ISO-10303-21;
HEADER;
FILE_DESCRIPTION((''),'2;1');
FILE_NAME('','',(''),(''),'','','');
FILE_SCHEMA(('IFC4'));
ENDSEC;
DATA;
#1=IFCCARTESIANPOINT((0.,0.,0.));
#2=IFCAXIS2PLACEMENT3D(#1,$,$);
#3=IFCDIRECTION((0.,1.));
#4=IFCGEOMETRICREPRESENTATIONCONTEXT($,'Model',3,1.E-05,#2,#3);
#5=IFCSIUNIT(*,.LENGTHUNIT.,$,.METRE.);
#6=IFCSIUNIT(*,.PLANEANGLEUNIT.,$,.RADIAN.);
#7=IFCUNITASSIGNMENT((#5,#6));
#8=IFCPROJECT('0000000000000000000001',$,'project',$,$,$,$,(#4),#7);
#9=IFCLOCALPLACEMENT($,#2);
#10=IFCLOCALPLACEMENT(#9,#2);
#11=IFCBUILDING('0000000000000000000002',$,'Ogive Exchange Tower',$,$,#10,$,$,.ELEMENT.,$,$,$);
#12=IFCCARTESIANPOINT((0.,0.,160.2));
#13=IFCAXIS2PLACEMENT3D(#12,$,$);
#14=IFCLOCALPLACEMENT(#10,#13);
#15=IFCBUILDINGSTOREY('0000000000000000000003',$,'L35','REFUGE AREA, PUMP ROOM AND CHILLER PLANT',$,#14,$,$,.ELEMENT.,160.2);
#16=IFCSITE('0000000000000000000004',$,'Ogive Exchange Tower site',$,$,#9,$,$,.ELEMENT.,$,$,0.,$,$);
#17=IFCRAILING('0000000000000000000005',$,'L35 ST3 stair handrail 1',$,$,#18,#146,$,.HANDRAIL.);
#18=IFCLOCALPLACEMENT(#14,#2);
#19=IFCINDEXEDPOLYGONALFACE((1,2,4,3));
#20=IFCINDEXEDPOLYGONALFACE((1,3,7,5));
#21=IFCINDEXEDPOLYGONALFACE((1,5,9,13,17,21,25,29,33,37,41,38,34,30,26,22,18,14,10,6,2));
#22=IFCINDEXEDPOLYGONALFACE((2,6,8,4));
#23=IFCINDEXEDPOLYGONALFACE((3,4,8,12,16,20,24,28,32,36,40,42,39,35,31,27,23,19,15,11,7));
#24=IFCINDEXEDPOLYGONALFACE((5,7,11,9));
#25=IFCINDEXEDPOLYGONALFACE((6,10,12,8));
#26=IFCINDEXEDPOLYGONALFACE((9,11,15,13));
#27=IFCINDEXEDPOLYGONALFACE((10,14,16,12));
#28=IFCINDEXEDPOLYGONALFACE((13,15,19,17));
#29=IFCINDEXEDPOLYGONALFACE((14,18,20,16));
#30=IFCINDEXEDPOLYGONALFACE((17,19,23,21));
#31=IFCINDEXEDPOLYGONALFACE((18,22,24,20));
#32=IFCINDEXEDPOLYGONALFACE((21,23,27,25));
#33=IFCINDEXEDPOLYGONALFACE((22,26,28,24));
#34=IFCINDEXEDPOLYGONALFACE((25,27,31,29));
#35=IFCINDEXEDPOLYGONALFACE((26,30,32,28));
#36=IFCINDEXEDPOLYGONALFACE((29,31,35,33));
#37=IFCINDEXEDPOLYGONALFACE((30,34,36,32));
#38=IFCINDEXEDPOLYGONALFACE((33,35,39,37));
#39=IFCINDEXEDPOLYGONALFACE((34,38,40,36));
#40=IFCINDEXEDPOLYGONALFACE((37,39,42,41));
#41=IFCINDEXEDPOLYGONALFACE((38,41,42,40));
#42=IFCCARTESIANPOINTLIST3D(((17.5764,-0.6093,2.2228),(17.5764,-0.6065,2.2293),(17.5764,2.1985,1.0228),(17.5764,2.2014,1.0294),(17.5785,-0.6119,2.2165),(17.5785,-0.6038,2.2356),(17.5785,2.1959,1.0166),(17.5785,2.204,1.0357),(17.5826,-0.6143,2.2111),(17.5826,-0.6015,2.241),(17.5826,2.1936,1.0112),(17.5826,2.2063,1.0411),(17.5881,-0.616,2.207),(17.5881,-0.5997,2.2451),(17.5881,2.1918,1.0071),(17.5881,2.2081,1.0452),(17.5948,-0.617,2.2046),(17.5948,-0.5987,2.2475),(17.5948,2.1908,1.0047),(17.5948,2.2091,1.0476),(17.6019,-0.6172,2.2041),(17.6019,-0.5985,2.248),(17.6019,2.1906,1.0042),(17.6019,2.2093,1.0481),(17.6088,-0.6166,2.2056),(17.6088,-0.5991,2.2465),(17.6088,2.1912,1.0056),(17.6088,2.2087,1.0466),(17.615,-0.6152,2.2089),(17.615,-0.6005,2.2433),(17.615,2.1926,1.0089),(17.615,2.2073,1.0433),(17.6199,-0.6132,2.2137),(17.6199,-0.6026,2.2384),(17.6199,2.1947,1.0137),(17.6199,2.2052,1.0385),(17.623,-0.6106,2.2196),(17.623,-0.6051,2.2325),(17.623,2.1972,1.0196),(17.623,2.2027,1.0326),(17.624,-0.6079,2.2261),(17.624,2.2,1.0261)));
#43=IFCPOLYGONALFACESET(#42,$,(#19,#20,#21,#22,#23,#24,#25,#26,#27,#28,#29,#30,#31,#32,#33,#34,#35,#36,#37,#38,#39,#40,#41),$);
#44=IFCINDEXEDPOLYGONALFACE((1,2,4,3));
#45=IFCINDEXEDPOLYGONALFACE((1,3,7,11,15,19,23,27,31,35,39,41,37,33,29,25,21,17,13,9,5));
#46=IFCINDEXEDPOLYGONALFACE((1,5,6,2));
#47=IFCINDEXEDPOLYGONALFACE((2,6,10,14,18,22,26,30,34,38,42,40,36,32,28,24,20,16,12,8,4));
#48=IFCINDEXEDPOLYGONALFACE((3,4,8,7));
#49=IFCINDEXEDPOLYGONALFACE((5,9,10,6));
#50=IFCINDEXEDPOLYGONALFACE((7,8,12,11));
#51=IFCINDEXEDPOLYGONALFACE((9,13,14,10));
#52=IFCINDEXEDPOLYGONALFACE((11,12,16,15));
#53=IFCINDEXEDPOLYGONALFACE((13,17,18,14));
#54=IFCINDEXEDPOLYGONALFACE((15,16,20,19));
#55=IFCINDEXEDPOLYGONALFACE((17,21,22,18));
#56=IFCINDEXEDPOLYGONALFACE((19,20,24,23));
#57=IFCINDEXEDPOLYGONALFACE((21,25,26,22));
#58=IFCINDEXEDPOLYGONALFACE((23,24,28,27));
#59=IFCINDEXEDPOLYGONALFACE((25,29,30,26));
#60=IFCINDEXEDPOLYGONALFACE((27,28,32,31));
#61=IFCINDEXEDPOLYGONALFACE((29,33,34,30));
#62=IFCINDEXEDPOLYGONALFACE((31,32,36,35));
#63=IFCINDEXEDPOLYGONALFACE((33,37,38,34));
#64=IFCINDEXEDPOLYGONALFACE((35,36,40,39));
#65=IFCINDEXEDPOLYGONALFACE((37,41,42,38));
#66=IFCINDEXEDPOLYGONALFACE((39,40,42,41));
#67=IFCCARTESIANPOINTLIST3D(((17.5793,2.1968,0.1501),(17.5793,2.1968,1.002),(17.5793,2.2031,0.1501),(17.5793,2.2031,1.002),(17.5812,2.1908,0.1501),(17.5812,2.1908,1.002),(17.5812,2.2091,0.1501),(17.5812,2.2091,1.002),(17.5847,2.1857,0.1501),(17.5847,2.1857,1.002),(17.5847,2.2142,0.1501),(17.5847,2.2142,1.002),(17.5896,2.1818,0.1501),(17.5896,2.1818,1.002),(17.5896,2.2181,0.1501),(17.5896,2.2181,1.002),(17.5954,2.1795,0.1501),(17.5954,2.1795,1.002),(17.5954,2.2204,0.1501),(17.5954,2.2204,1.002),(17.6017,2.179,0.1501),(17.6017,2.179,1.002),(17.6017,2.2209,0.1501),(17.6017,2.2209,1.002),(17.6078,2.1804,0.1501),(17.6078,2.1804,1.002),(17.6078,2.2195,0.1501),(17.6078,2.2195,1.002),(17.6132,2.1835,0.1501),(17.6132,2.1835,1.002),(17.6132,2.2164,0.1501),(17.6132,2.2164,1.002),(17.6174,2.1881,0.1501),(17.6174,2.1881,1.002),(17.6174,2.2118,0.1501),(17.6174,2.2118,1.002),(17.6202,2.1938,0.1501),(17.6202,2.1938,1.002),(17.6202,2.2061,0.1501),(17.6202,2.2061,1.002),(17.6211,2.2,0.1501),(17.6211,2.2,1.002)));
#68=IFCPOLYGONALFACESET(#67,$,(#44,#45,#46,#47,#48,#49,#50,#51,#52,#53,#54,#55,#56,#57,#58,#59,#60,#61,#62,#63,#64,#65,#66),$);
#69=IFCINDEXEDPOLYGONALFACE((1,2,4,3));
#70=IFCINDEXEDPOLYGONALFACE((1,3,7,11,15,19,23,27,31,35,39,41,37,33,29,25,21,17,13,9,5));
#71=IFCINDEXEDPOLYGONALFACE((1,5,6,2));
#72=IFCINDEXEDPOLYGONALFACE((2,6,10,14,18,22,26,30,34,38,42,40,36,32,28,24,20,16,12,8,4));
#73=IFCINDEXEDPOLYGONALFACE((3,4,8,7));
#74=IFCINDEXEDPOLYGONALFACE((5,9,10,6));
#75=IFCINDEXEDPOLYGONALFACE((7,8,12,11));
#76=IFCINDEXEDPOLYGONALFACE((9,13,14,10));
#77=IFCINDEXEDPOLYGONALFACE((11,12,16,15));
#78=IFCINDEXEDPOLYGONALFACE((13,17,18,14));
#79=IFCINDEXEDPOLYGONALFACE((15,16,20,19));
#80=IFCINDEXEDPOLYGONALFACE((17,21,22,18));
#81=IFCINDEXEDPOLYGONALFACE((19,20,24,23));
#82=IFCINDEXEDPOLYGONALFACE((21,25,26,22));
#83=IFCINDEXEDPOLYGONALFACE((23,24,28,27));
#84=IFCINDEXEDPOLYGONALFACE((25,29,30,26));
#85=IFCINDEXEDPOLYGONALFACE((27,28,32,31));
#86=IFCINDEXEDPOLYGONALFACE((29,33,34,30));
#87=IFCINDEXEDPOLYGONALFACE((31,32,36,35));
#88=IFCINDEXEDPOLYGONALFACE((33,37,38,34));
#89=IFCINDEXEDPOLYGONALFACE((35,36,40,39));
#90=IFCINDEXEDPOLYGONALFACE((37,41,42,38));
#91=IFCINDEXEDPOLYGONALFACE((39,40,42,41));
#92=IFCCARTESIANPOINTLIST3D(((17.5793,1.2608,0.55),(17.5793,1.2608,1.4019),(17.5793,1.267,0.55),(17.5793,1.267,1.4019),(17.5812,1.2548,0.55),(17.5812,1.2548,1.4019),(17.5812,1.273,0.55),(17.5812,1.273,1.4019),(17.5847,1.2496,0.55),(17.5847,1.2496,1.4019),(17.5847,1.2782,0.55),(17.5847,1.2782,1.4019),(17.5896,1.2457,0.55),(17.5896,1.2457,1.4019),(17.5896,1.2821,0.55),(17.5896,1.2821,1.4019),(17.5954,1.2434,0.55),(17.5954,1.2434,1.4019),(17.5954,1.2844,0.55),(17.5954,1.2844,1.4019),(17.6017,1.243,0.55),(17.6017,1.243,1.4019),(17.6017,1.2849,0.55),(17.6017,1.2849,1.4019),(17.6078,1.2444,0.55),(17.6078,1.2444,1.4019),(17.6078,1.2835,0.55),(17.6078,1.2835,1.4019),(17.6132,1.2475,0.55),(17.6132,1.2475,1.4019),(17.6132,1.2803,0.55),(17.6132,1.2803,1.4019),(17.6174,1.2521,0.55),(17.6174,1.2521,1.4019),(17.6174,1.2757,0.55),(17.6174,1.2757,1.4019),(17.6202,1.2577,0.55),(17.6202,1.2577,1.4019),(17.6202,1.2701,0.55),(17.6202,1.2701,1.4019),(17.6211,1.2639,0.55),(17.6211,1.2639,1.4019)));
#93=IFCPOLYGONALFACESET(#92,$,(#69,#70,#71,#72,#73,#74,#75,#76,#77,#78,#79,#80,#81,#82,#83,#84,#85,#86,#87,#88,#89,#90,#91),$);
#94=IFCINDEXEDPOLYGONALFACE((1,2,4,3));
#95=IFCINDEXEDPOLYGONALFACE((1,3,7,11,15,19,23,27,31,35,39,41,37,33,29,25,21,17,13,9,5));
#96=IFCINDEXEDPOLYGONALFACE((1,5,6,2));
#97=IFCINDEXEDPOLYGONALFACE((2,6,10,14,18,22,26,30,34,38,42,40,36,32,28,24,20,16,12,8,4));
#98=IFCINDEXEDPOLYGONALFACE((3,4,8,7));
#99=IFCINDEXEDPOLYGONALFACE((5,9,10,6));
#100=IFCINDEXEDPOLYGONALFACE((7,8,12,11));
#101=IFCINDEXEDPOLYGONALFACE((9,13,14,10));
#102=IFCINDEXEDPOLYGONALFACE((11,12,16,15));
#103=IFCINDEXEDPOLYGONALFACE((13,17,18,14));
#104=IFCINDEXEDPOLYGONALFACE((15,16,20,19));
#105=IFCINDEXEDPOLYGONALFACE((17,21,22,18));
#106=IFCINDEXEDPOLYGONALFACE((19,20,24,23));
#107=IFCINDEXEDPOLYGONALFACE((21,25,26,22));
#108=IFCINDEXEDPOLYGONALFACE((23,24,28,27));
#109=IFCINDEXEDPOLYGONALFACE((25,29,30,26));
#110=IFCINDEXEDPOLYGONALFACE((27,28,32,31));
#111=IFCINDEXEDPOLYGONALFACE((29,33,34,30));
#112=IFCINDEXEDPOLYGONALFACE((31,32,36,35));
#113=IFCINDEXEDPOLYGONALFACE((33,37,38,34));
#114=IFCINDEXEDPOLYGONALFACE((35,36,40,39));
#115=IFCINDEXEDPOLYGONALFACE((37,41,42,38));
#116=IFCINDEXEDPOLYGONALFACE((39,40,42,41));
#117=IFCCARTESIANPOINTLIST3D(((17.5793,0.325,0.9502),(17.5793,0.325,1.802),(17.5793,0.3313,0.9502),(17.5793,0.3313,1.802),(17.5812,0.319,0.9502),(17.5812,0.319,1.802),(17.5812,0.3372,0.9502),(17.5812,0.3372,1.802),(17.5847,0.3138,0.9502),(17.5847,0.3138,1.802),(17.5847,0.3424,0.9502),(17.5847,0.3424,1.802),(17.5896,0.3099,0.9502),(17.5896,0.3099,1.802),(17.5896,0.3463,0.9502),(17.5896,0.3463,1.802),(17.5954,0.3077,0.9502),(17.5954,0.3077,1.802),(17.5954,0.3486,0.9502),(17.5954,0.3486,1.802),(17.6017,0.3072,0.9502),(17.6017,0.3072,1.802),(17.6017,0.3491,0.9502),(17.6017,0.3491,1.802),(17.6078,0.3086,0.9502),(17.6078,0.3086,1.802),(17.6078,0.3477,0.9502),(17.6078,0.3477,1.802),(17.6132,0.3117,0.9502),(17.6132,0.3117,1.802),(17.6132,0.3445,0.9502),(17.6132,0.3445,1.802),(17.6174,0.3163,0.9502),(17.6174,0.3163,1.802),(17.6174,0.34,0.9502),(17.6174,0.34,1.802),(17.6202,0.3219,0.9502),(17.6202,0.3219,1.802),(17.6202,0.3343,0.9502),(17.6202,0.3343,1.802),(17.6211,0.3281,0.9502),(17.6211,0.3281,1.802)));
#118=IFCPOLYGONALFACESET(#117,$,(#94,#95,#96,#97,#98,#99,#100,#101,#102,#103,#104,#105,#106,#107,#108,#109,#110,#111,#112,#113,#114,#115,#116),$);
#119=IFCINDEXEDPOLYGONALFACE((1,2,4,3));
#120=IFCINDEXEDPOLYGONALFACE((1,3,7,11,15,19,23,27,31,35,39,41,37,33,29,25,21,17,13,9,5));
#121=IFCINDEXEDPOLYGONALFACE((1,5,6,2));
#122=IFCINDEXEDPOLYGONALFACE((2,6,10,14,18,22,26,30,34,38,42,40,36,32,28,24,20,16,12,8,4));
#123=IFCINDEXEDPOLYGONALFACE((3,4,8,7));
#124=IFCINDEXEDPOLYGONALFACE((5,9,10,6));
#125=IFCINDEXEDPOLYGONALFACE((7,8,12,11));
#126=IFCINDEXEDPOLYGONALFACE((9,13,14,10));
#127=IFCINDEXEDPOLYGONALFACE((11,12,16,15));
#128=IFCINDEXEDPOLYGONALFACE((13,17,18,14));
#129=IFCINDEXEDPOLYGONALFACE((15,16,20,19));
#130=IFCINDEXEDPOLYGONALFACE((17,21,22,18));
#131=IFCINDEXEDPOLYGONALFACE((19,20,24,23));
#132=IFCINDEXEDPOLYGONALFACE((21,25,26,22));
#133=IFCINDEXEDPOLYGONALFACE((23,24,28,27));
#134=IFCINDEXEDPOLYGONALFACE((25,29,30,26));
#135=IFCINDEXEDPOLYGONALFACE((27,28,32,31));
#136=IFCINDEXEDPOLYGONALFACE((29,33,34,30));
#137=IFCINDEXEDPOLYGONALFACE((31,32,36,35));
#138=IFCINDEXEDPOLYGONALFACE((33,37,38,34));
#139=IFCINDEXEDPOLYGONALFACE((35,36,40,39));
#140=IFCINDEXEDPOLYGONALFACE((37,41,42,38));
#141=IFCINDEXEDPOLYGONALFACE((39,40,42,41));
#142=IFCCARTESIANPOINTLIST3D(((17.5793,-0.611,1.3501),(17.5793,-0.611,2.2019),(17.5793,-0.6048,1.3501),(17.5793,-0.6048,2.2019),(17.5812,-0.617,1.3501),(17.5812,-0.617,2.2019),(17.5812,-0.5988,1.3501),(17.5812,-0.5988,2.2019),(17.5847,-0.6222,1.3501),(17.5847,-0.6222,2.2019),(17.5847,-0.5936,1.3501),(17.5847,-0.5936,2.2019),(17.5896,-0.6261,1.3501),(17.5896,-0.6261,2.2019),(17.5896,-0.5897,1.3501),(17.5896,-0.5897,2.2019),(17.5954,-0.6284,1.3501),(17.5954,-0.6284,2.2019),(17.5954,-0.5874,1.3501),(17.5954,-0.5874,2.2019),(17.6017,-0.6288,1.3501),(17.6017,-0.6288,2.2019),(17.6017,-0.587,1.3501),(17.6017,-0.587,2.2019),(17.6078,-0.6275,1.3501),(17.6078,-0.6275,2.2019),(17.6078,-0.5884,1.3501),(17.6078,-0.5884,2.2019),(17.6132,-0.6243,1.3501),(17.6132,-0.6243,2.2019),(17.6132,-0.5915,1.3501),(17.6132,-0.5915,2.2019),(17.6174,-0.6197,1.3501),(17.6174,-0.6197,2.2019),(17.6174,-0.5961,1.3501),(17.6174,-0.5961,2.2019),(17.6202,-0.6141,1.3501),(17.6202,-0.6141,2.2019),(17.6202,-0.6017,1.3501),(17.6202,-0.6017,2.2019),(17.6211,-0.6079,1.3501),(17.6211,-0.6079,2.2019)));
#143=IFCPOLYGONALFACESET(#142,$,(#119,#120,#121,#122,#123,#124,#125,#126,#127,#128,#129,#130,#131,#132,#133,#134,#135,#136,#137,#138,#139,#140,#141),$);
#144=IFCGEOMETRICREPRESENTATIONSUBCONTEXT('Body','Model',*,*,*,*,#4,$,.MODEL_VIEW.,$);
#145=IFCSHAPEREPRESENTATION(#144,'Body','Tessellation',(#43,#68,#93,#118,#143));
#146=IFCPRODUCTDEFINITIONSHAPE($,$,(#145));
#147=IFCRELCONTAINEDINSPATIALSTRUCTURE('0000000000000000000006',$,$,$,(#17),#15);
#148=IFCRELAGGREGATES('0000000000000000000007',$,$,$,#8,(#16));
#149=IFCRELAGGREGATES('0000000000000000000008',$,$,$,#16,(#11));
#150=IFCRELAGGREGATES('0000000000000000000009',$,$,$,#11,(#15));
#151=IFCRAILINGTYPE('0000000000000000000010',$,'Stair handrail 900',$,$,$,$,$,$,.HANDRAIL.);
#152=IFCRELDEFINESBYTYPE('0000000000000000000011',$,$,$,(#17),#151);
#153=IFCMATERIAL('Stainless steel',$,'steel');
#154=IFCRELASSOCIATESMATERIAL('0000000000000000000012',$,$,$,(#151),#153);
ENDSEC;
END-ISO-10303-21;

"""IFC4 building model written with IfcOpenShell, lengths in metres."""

from ifc_helpers import new_model, si_unit, direction, frame, origin, origin_2d, place, context, subcontext, project, spatial, circle, extrude, material, type_object, element, save


model = new_model("IFC4")

# Units and contexts
model_context = context("Model", 3, precision=1e-05, world=origin(), true_north=direction((0.0, 1.0)))
body_context = subcontext(model_context, "Body", "Model", "MODEL_VIEW")
ifc_project = project(units=[si_unit("LENGTHUNIT", "METRE"), si_unit("PLANEANGLEUNIT", "RADIAN")], contexts=[model_context])

# Site, building, storey
site_placement = place(None, origin())
site = spatial("IfcSite", under=ifc_project, at=site_placement, Name="Ogive Exchange Tower site", CompositionType="ELEMENT", RefElevation=0.0)
building_placement = place(site_placement, origin())
building = spatial("IfcBuilding", under=site, at=building_placement, Name="Ogive Exchange Tower", CompositionType="ELEMENT")
storey_placement = place(building_placement, frame((0.0, 0.0, 160.2)))
storey = spatial("IfcBuildingStorey", under=building, at=storey_placement, Name="L35", Description="REFUGE AREA, PUMP ROOM AND CHILLER PLANT", CompositionType="ELEMENT", Elevation=160.2)

# Shared definitions
ifc_material_1 = material(Name="Stainless steel", Category="steel")

# Railing
railing_type = type_object("IfcRailingType", Name="Stair handrail 900", PredefinedType="HANDRAIL", material=ifc_material_1)
railing_1_placement = place(storey_placement, frame((17.6001, 2.2, 0.1501)))
element("IfcRailing", 1, at=railing_1_placement, inside=storey, type_object=railing_type, Name="L35 ST3 stair handrail 1", PredefinedType="HANDRAIL", context=body_context, shape_type="SweptSolid", body=[
    extrude(circle(Radius=0.0239, at=origin_2d()), frame((0.0, 0.0, 0.876), z_axis=(0.0, -0.91955, 0.392973), x_axis=(1.0, 0.0, 0.0)), (0.0, 0.0, 1.0), 3.0535),
    extrude(circle(Radius=0.021, at=origin_2d()), origin(), (0.0, 0.0, 1.0), 0.8518),
    extrude(circle(Radius=0.021, at=origin_2d()), frame((0.0, -0.936, 0.3999)), (0.0, 0.0, 1.0), 0.8518),
    extrude(circle(Radius=0.021, at=origin_2d()), frame((0.0, -1.8718, 0.8)), (0.0, 0.0, 1.0), 0.8518),
    extrude(circle(Radius=0.021, at=origin_2d()), frame((0.0, -2.8079, 1.2)), (0.0, 0.0, 1.0), 0.8518),
])

save(model, "model.ifc")
